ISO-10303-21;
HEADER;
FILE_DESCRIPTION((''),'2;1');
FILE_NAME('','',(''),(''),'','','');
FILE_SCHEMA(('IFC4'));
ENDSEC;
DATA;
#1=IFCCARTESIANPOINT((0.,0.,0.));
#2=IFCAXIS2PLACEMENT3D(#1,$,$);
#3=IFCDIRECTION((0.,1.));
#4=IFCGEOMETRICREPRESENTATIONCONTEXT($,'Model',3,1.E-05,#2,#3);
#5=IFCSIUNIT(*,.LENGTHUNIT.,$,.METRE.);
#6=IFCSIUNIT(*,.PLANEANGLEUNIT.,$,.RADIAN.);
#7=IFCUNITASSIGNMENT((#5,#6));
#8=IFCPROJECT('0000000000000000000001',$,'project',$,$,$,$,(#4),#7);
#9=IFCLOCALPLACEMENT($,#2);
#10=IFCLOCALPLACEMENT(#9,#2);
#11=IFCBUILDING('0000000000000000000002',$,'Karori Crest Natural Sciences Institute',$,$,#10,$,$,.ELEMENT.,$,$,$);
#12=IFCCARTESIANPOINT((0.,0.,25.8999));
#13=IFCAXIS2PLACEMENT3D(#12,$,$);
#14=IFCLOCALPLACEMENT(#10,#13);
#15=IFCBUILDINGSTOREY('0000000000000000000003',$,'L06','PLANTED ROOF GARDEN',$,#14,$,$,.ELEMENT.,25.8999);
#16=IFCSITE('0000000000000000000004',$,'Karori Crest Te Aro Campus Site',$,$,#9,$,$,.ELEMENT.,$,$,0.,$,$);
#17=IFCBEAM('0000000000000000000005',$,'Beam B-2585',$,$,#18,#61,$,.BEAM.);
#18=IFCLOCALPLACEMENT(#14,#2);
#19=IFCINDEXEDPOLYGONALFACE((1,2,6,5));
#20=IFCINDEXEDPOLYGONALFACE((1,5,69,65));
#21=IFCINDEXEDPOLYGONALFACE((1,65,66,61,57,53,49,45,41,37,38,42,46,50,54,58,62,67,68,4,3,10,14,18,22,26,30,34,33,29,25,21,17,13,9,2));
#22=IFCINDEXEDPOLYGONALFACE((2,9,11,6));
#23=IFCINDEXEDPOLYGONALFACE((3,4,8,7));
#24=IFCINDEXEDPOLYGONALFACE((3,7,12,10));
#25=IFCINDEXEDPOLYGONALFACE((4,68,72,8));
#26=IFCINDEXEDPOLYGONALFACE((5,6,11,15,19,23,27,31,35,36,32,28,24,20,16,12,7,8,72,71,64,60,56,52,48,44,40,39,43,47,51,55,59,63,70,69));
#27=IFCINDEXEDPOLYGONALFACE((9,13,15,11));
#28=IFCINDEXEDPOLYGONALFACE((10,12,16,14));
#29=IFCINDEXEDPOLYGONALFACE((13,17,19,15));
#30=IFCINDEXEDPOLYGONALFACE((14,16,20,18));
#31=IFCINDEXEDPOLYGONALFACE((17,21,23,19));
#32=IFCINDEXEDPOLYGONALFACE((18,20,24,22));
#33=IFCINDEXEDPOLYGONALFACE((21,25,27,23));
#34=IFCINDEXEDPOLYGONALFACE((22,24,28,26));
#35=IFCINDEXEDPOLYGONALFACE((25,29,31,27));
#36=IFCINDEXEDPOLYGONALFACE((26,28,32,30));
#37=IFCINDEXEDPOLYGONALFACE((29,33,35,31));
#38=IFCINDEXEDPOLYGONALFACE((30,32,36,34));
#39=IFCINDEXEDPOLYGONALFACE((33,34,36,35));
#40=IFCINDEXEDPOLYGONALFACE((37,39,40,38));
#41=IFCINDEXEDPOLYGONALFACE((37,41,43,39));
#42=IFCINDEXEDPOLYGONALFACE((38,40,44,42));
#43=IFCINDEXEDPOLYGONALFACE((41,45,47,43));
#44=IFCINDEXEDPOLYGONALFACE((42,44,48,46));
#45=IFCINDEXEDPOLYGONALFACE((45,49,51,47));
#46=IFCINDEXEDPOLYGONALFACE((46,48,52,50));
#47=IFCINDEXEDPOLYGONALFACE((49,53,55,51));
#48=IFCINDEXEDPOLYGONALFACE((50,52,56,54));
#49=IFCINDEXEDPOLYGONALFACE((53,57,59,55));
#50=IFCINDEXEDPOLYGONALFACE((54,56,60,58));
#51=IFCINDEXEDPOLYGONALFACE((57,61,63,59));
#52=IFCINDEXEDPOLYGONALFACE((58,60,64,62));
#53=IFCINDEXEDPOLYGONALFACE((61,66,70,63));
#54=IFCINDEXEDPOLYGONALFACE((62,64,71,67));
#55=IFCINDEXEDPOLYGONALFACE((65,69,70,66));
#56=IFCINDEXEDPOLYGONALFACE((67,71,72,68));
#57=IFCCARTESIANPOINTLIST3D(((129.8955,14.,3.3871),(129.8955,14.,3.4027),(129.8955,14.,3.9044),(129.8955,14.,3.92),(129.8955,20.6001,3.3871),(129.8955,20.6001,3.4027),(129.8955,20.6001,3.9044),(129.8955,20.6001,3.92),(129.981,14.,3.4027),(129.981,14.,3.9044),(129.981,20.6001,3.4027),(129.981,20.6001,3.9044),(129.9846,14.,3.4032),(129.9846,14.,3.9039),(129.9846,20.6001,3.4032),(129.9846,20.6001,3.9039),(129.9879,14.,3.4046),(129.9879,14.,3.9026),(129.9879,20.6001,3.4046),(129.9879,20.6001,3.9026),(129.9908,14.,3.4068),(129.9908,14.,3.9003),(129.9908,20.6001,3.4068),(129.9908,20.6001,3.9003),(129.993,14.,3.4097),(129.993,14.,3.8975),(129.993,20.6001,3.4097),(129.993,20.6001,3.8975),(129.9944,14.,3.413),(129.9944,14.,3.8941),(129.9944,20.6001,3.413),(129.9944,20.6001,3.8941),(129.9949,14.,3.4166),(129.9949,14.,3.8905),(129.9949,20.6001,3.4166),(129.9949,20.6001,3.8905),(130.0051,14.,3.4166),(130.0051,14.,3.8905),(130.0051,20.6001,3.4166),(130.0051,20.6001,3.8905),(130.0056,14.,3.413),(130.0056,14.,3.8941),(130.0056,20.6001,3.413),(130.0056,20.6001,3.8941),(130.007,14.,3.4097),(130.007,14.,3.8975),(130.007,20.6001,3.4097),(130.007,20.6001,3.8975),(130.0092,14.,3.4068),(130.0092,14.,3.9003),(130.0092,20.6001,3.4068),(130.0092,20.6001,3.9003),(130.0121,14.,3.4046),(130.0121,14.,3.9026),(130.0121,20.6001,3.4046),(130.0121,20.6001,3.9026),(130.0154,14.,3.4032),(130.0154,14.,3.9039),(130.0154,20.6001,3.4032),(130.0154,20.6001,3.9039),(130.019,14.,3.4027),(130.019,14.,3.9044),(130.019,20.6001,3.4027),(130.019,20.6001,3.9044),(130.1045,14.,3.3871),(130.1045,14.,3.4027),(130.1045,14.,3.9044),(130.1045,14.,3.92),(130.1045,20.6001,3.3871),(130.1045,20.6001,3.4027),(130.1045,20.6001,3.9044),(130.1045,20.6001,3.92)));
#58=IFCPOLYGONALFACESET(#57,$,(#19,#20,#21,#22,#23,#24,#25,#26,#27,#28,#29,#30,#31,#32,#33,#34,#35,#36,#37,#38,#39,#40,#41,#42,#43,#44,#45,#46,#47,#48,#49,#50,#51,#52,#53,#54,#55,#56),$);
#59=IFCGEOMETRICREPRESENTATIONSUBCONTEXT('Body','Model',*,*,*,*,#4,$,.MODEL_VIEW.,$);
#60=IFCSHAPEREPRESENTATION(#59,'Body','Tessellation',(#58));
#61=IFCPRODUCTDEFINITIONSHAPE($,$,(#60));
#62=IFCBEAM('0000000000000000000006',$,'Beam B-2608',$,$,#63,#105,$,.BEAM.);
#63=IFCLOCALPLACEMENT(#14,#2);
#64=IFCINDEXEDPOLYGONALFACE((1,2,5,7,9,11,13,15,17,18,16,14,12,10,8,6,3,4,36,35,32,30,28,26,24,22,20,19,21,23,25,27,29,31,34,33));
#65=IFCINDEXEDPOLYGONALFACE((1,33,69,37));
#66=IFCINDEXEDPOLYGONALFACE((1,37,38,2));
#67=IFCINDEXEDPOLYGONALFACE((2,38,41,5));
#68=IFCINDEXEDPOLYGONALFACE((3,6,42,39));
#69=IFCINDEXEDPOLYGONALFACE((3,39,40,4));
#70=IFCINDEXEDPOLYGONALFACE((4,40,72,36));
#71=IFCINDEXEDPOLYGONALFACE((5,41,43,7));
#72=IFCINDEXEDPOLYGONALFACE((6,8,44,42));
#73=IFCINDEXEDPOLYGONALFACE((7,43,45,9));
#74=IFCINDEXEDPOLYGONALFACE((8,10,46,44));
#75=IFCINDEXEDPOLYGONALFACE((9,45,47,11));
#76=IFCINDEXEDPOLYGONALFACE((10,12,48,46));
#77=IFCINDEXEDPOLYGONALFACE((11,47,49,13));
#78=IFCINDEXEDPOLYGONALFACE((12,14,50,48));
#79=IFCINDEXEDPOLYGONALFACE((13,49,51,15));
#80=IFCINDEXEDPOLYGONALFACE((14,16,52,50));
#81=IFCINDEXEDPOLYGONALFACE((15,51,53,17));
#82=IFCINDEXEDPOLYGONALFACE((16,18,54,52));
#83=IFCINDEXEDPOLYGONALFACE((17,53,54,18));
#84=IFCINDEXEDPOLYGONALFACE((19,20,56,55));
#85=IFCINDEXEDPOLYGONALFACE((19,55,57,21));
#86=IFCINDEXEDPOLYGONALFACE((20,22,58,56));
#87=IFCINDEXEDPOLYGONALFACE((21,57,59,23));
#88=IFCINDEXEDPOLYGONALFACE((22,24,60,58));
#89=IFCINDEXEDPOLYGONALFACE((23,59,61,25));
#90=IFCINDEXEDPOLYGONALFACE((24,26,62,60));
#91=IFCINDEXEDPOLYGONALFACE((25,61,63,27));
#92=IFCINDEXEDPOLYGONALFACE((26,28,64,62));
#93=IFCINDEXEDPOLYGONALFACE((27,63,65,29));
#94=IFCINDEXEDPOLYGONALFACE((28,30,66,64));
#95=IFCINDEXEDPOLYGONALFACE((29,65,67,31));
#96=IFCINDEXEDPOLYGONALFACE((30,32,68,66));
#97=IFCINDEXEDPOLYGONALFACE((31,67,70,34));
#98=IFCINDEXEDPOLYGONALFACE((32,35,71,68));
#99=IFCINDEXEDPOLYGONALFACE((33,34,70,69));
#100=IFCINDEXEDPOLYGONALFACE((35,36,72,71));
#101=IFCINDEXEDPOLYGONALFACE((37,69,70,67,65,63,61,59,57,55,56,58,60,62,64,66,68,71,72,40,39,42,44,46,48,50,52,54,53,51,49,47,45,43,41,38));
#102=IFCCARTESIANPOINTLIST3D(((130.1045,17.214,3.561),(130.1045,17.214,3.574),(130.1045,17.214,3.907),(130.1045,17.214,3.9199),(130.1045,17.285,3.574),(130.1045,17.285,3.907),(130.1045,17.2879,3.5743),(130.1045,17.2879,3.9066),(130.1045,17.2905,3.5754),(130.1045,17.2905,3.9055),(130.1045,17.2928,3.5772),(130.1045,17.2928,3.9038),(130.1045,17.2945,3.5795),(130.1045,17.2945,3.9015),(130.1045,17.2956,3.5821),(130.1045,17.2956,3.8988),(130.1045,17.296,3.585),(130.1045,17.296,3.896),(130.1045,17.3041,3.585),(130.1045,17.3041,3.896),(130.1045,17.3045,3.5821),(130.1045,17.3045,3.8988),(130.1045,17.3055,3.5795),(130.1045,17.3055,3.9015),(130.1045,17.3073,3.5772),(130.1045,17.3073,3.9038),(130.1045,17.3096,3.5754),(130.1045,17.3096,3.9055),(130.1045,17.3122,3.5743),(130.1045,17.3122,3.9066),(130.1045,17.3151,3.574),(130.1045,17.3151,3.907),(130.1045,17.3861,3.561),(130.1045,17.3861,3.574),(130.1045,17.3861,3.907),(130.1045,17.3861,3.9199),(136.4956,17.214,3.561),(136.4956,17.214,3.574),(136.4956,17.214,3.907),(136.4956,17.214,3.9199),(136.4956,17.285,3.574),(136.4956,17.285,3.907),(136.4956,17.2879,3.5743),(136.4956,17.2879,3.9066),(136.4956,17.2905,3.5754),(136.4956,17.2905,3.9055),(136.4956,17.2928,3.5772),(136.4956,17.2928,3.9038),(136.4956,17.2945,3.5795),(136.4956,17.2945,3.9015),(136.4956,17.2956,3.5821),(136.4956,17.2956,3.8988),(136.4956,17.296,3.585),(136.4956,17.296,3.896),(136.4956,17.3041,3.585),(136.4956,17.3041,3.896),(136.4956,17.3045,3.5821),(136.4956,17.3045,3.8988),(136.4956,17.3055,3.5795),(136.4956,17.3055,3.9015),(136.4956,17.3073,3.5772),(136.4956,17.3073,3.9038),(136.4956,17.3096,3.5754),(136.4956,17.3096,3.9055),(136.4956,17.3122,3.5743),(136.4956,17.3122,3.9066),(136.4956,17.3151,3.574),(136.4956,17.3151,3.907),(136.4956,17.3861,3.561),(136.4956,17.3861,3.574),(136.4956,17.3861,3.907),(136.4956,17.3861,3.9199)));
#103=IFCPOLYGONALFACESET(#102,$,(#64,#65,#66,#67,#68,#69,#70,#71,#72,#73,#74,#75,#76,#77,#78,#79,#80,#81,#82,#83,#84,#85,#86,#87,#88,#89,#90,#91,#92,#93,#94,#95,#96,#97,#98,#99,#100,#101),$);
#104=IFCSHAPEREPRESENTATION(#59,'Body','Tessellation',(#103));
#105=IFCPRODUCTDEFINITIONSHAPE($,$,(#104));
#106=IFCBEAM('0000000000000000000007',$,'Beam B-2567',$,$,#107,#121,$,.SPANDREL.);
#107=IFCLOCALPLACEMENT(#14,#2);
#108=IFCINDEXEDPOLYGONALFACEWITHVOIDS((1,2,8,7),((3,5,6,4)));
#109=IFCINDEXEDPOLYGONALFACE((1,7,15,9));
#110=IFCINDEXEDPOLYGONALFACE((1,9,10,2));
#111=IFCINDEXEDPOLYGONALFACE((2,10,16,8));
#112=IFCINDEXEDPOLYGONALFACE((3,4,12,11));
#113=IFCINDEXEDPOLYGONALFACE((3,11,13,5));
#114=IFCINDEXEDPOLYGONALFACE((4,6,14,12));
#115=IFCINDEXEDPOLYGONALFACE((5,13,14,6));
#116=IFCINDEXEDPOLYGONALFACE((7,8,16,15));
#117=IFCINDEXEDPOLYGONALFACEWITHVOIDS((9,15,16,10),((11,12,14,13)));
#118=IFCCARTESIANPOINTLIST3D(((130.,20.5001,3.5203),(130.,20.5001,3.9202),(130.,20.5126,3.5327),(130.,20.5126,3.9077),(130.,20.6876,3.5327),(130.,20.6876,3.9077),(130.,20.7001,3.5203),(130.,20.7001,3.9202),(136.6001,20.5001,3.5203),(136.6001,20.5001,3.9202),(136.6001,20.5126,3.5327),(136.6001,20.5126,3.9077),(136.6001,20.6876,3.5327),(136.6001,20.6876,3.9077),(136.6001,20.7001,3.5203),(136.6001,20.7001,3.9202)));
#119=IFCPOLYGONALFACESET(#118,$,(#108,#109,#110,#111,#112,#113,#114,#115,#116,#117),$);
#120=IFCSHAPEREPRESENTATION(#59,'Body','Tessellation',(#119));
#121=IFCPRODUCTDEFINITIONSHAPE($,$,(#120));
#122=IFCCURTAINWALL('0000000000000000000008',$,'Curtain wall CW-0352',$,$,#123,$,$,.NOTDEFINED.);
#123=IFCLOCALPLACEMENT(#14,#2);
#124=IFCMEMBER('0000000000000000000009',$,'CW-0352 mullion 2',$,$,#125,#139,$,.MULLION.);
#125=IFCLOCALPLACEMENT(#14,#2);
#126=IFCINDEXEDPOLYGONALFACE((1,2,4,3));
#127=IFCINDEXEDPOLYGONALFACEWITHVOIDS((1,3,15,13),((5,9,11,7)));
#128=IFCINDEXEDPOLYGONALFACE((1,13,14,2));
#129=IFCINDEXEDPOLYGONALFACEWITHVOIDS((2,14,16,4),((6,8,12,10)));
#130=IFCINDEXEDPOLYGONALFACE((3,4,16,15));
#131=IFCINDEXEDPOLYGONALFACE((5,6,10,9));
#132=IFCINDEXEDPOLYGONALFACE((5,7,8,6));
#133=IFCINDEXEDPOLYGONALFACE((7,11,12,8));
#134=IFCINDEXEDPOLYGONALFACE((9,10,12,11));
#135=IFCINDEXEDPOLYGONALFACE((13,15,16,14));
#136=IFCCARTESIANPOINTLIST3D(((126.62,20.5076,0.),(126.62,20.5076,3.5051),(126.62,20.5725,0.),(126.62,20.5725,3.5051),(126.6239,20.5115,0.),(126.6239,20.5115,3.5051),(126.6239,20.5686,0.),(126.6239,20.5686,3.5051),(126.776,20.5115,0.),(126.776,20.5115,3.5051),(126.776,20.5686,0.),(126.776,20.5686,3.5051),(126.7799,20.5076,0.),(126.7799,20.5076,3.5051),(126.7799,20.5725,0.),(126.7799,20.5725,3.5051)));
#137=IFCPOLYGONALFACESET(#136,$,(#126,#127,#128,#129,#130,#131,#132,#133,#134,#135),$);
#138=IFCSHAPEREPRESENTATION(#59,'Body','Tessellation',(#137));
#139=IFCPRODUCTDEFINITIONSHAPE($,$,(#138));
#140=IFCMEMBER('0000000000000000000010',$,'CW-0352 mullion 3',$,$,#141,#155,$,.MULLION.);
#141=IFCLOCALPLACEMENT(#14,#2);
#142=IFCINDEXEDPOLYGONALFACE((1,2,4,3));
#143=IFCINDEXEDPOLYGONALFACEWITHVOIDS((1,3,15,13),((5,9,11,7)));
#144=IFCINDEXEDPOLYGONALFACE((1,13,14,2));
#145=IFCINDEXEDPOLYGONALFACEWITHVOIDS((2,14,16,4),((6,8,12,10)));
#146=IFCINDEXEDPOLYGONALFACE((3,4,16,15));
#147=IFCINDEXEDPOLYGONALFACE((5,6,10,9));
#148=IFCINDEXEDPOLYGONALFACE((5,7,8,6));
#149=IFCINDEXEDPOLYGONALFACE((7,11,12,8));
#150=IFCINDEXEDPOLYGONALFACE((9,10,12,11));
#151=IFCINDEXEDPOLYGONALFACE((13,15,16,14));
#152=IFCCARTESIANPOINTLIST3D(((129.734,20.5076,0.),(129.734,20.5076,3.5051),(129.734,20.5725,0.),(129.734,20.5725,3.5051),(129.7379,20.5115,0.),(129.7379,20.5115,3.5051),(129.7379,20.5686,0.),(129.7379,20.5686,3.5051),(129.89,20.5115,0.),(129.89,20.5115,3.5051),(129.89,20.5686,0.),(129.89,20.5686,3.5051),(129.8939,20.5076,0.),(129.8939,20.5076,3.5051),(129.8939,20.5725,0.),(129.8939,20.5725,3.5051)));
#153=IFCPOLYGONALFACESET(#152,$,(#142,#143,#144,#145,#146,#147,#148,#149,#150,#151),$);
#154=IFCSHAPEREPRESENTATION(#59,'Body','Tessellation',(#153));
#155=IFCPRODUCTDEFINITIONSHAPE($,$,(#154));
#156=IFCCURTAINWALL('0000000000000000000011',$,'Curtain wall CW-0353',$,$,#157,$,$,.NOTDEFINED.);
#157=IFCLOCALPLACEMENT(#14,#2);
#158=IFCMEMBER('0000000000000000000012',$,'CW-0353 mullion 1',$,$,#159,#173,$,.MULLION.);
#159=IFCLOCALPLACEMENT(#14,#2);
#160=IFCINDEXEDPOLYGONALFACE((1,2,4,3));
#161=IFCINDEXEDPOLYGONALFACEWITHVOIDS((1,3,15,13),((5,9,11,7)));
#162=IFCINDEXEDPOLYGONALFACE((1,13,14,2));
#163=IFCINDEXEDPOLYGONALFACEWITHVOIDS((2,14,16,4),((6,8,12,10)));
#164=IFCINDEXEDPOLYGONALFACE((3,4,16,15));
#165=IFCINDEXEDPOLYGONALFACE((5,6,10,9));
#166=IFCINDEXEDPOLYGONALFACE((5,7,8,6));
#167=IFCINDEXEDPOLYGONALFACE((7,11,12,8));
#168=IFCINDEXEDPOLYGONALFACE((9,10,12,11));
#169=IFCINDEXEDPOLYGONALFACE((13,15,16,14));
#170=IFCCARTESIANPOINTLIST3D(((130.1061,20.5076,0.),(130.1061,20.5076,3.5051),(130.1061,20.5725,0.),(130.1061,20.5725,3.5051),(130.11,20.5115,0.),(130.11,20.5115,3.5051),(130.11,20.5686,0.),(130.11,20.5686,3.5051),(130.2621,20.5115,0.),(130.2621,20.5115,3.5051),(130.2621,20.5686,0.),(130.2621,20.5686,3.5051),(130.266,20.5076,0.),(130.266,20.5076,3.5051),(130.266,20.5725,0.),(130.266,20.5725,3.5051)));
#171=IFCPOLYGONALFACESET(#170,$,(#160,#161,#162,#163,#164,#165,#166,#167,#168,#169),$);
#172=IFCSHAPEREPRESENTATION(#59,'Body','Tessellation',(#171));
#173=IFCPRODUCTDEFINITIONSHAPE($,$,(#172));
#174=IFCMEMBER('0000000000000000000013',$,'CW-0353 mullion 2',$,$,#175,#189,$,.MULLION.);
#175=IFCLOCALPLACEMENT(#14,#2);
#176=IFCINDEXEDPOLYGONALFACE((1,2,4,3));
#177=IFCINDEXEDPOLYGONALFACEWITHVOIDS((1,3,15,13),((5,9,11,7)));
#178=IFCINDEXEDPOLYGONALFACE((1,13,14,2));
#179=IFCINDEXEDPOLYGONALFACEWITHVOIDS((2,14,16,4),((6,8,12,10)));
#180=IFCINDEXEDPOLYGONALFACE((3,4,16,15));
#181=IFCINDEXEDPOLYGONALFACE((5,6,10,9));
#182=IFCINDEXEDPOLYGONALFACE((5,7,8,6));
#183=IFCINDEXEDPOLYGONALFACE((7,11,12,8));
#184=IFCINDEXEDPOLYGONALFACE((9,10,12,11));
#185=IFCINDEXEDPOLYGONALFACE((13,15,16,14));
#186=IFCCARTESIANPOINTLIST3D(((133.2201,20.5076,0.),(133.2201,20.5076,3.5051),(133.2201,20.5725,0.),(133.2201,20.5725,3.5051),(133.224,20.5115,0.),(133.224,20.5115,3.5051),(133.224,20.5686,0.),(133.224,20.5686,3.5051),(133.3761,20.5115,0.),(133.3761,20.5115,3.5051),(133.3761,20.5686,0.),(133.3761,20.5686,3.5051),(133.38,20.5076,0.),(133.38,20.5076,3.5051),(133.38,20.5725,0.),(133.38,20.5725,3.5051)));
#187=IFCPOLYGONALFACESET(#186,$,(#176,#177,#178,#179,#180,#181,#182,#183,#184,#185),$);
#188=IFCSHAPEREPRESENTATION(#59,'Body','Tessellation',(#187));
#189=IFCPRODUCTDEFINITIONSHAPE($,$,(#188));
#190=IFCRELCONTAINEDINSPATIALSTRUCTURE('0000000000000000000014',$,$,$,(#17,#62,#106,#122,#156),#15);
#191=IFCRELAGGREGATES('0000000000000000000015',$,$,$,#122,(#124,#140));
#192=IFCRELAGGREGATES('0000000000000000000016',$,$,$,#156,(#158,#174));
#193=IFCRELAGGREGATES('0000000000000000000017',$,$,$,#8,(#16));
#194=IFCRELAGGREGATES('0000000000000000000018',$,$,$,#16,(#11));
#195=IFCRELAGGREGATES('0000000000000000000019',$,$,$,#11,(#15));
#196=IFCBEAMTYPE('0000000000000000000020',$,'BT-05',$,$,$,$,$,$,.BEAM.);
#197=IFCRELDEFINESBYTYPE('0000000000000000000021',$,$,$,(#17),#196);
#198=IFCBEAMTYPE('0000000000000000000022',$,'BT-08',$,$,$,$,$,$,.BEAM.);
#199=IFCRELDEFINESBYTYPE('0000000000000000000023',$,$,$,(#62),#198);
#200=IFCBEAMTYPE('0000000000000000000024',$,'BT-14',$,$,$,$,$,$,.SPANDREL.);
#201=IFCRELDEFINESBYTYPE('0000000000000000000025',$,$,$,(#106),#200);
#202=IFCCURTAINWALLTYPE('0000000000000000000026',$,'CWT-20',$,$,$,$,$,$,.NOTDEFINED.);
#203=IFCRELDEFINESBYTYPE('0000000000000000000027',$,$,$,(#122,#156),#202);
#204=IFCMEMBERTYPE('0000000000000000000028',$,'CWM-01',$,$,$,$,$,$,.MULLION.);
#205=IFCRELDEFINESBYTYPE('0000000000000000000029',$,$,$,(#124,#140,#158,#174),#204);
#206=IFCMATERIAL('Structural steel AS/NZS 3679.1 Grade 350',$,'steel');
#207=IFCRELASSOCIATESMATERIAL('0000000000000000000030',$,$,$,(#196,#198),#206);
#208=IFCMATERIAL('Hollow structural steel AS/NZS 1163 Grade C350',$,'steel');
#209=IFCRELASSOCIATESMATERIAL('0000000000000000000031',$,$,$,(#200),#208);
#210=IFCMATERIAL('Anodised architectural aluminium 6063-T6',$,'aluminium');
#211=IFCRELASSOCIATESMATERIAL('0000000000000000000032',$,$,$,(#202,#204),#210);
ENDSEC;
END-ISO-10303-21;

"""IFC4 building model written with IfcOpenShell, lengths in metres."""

from ifc_helpers import new_model, si_unit, direction, frame, origin, origin_2d, place, context, subcontext, project, spatial, hollow_rectangle, i_section, extrude, material, material_profile, profile_set, type_object, element, aggregate, save


model = new_model("IFC4")

# Units and contexts
model_context = context("Model", 3, precision=1e-05, world=origin(), true_north=direction((0.0, 1.0)))
body_context = subcontext(model_context, "Body", "Model", "MODEL_VIEW")
ifc_project = project(units=[si_unit("LENGTHUNIT", "METRE"), si_unit("PLANEANGLEUNIT", "RADIAN")], contexts=[model_context])

# Site, building, storey
site_placement = place(None, origin())
site = spatial("IfcSite", under=ifc_project, at=site_placement, Name="Karori Crest Te Aro Campus Site", CompositionType="ELEMENT", RefElevation=0.0)
building_placement = place(site_placement, origin())
building = spatial("IfcBuilding", under=site, at=building_placement, Name="Karori Crest Natural Sciences Institute", CompositionType="ELEMENT")
storey_placement = place(building_placement, frame((0.0, 0.0, 25.8999)))
storey = spatial("IfcBuildingStorey", under=building, at=storey_placement, Name="L06", Description="PLANTED ROOF GARDEN", CompositionType="ELEMENT", Elevation=25.8999)

# Shared definitions
ifc_material_1 = material(Name="Structural steel AS/NZS 3679.1 Grade 350", Category="steel")

# Beams
ifc_material_profile_1 = material_profile(ifc_material_1, i_section(OverallWidth=0.209, OverallDepth=0.533, WebThickness=0.0103, FlangeThickness=0.0156, FilletRadius=0.0139, at=origin_2d()), Name="530UB92.4")
ifc_profile_set_1 = profile_set([ifc_material_profile_1], Name="Structural steel AS/NZS 3679.1 Grade 350")
beam_type_1 = type_object("IfcBeamType", Name="BT-05", PredefinedType="BEAM", material=ifc_profile_set_1)
beam_1_placement = place(storey_placement, frame((130.0, 14.0, 3.6536), z_axis=(0.0, 1.0, 0.0), x_axis=(-1.0, 0.0, 0.0)))
element("IfcBeam", 1, at=beam_1_placement, inside=storey, type_object=beam_type_1, Name="Beam B-2585", PredefinedType="BEAM", context=body_context, shape_type="SweptSolid", body=[
    extrude(i_section(OverallWidth=0.209, OverallDepth=0.533, WebThickness=0.0103, FlangeThickness=0.0156, FilletRadius=0.0139, at=origin_2d()), origin(), (0.0, 0.0, 1.0), 6.6001),
])
ifc_material_profile_2 = material_profile(ifc_material_1, i_section(OverallWidth=0.1721, OverallDepth=0.3589, WebThickness=0.0081, FlangeThickness=0.0129, FilletRadius=0.011, at=origin_2d()), Name="360UB56.7")
ifc_profile_set_2 = profile_set([ifc_material_profile_2], Name="Structural steel AS/NZS 3679.1 Grade 350")
beam_type_2 = type_object("IfcBeamType", Name="BT-08", PredefinedType="BEAM", material=ifc_profile_set_2)
beam_2_placement = place(storey_placement, frame((130.1045, 17.3, 3.7405), z_axis=(1.0, 0.0, 0.0), x_axis=(0.0, 1.0, 0.0)))
element("IfcBeam", 2, at=beam_2_placement, inside=storey, type_object=beam_type_2, Name="Beam B-2608", PredefinedType="BEAM", context=body_context, shape_type="SweptSolid", body=[
    extrude(i_section(OverallWidth=0.1721, OverallDepth=0.3589, WebThickness=0.0081, FlangeThickness=0.0129, FilletRadius=0.011, at=origin_2d()), origin(), (0.0, 0.0, 1.0), 6.3911),
])
ifc_material_2 = material(Name="Hollow structural steel AS/NZS 1163 Grade C350", Category="steel")
ifc_material_profile_3 = material_profile(ifc_material_2, hollow_rectangle(XDim=0.2, YDim=0.3999, WallThickness=0.0125, at=origin_2d()), Name="RHS400x200x12.5")
ifc_profile_set_3 = profile_set([ifc_material_profile_3], Name="Hollow structural steel AS/NZS 1163 Grade C350")
beam_type_3 = type_object("IfcBeamType", Name="BT-14", PredefinedType="SPANDREL", material=ifc_profile_set_3)
beam_3_placement = place(storey_placement, frame((130.0, 20.6001, 3.7202), z_axis=(1.0, 0.0, 0.0), x_axis=(0.0, 1.0, 0.0)))
element("IfcBeam", 3, at=beam_3_placement, inside=storey, type_object=beam_type_3, Name="Beam B-2567", PredefinedType="SPANDREL", context=body_context, shape_type="SweptSolid", body=[
    extrude(hollow_rectangle(XDim=0.2, YDim=0.3999, WallThickness=0.0125, at=origin_2d()), origin(), (0.0, 0.0, 1.0), 6.6001),
])

# Curtain walls, members
ifc_material_3 = material(Name="Anodised architectural aluminium 6063-T6", Category="aluminium")
curtain_wall_type = type_object("IfcCurtainWallType", Name="CWT-20", PredefinedType="NOTDEFINED", material=ifc_material_3)
curtain_wall_1_placement = place(storey_placement, origin())
curtain_wall_1 = element("IfcCurtainWall", 4, at=curtain_wall_1_placement, inside=storey, type_object=curtain_wall_type, Name="Curtain wall CW-0352", PredefinedType="NOTDEFINED")
ifc_material_profile_4 = material_profile(ifc_material_3, hollow_rectangle(XDim=0.0649, YDim=0.1599, WallThickness=0.0039, at=origin_2d()), Name="CWM160x65x4")
ifc_profile_set_4 = profile_set([ifc_material_profile_4], Name="Anodised architectural aluminium 6063-T6")
member_type_1 = type_object("IfcMemberType", Name="CWM-01", PredefinedType="MULLION", material=ifc_profile_set_4)
member_1_placement = place(storey_placement, frame((126.7, 20.54, 0.0), z_axis=(0.0, 0.0, 1.0), x_axis=(0.0, 1.0, 0.0)))
member_1 = element("IfcMember", 5, at=member_1_placement, type_object=member_type_1, Name="CW-0352 mullion 2", PredefinedType="MULLION", context=body_context, shape_type="SweptSolid", body=[
    extrude(hollow_rectangle(XDim=0.0649, YDim=0.1599, WallThickness=0.0039, at=origin_2d()), origin(), (0.0, 0.0, 1.0), 3.5051),
])
member_2_placement = place(storey_placement, frame((129.814, 20.54, 0.0), z_axis=(0.0, 0.0, 1.0), x_axis=(0.0, 1.0, 0.0)))
member_2 = element("IfcMember", 6, at=member_2_placement, type_object=member_type_1, Name="CW-0352 mullion 3", PredefinedType="MULLION", context=body_context, shape_type="SweptSolid", body=[
    extrude(hollow_rectangle(XDim=0.0649, YDim=0.1599, WallThickness=0.0039, at=origin_2d()), origin(), (0.0, 0.0, 1.0), 3.5051),
])
curtain_wall_2_placement = place(storey_placement, origin())
curtain_wall_2 = element("IfcCurtainWall", 7, at=curtain_wall_2_placement, inside=storey, type_object=curtain_wall_type, Name="Curtain wall CW-0353", PredefinedType="NOTDEFINED")
member_3_placement = place(storey_placement, frame((130.186, 20.54, 0.0), z_axis=(0.0, 0.0, 1.0), x_axis=(0.0, 1.0, 0.0)))
member_3 = element("IfcMember", 8, at=member_3_placement, type_object=member_type_1, Name="CW-0353 mullion 1", PredefinedType="MULLION", context=body_context, shape_type="SweptSolid", body=[
    extrude(hollow_rectangle(XDim=0.0649, YDim=0.1599, WallThickness=0.0039, at=origin_2d()), origin(), (0.0, 0.0, 1.0), 3.5051),
])
member_4_placement = place(storey_placement, frame((133.3, 20.54, 0.0), z_axis=(0.0, 0.0, 1.0), x_axis=(0.0, 1.0, 0.0)))
member_4 = element("IfcMember", 9, at=member_4_placement, type_object=member_type_1, Name="CW-0353 mullion 2", PredefinedType="MULLION", context=body_context, shape_type="SweptSolid", body=[
    extrude(hollow_rectangle(XDim=0.0649, YDim=0.1599, WallThickness=0.0039, at=origin_2d()), origin(), (0.0, 0.0, 1.0), 3.5051),
])

aggregate(curtain_wall_1, [member_1, member_2])
aggregate(curtain_wall_2, [member_3, member_4])

save(model, "model.ifc")
